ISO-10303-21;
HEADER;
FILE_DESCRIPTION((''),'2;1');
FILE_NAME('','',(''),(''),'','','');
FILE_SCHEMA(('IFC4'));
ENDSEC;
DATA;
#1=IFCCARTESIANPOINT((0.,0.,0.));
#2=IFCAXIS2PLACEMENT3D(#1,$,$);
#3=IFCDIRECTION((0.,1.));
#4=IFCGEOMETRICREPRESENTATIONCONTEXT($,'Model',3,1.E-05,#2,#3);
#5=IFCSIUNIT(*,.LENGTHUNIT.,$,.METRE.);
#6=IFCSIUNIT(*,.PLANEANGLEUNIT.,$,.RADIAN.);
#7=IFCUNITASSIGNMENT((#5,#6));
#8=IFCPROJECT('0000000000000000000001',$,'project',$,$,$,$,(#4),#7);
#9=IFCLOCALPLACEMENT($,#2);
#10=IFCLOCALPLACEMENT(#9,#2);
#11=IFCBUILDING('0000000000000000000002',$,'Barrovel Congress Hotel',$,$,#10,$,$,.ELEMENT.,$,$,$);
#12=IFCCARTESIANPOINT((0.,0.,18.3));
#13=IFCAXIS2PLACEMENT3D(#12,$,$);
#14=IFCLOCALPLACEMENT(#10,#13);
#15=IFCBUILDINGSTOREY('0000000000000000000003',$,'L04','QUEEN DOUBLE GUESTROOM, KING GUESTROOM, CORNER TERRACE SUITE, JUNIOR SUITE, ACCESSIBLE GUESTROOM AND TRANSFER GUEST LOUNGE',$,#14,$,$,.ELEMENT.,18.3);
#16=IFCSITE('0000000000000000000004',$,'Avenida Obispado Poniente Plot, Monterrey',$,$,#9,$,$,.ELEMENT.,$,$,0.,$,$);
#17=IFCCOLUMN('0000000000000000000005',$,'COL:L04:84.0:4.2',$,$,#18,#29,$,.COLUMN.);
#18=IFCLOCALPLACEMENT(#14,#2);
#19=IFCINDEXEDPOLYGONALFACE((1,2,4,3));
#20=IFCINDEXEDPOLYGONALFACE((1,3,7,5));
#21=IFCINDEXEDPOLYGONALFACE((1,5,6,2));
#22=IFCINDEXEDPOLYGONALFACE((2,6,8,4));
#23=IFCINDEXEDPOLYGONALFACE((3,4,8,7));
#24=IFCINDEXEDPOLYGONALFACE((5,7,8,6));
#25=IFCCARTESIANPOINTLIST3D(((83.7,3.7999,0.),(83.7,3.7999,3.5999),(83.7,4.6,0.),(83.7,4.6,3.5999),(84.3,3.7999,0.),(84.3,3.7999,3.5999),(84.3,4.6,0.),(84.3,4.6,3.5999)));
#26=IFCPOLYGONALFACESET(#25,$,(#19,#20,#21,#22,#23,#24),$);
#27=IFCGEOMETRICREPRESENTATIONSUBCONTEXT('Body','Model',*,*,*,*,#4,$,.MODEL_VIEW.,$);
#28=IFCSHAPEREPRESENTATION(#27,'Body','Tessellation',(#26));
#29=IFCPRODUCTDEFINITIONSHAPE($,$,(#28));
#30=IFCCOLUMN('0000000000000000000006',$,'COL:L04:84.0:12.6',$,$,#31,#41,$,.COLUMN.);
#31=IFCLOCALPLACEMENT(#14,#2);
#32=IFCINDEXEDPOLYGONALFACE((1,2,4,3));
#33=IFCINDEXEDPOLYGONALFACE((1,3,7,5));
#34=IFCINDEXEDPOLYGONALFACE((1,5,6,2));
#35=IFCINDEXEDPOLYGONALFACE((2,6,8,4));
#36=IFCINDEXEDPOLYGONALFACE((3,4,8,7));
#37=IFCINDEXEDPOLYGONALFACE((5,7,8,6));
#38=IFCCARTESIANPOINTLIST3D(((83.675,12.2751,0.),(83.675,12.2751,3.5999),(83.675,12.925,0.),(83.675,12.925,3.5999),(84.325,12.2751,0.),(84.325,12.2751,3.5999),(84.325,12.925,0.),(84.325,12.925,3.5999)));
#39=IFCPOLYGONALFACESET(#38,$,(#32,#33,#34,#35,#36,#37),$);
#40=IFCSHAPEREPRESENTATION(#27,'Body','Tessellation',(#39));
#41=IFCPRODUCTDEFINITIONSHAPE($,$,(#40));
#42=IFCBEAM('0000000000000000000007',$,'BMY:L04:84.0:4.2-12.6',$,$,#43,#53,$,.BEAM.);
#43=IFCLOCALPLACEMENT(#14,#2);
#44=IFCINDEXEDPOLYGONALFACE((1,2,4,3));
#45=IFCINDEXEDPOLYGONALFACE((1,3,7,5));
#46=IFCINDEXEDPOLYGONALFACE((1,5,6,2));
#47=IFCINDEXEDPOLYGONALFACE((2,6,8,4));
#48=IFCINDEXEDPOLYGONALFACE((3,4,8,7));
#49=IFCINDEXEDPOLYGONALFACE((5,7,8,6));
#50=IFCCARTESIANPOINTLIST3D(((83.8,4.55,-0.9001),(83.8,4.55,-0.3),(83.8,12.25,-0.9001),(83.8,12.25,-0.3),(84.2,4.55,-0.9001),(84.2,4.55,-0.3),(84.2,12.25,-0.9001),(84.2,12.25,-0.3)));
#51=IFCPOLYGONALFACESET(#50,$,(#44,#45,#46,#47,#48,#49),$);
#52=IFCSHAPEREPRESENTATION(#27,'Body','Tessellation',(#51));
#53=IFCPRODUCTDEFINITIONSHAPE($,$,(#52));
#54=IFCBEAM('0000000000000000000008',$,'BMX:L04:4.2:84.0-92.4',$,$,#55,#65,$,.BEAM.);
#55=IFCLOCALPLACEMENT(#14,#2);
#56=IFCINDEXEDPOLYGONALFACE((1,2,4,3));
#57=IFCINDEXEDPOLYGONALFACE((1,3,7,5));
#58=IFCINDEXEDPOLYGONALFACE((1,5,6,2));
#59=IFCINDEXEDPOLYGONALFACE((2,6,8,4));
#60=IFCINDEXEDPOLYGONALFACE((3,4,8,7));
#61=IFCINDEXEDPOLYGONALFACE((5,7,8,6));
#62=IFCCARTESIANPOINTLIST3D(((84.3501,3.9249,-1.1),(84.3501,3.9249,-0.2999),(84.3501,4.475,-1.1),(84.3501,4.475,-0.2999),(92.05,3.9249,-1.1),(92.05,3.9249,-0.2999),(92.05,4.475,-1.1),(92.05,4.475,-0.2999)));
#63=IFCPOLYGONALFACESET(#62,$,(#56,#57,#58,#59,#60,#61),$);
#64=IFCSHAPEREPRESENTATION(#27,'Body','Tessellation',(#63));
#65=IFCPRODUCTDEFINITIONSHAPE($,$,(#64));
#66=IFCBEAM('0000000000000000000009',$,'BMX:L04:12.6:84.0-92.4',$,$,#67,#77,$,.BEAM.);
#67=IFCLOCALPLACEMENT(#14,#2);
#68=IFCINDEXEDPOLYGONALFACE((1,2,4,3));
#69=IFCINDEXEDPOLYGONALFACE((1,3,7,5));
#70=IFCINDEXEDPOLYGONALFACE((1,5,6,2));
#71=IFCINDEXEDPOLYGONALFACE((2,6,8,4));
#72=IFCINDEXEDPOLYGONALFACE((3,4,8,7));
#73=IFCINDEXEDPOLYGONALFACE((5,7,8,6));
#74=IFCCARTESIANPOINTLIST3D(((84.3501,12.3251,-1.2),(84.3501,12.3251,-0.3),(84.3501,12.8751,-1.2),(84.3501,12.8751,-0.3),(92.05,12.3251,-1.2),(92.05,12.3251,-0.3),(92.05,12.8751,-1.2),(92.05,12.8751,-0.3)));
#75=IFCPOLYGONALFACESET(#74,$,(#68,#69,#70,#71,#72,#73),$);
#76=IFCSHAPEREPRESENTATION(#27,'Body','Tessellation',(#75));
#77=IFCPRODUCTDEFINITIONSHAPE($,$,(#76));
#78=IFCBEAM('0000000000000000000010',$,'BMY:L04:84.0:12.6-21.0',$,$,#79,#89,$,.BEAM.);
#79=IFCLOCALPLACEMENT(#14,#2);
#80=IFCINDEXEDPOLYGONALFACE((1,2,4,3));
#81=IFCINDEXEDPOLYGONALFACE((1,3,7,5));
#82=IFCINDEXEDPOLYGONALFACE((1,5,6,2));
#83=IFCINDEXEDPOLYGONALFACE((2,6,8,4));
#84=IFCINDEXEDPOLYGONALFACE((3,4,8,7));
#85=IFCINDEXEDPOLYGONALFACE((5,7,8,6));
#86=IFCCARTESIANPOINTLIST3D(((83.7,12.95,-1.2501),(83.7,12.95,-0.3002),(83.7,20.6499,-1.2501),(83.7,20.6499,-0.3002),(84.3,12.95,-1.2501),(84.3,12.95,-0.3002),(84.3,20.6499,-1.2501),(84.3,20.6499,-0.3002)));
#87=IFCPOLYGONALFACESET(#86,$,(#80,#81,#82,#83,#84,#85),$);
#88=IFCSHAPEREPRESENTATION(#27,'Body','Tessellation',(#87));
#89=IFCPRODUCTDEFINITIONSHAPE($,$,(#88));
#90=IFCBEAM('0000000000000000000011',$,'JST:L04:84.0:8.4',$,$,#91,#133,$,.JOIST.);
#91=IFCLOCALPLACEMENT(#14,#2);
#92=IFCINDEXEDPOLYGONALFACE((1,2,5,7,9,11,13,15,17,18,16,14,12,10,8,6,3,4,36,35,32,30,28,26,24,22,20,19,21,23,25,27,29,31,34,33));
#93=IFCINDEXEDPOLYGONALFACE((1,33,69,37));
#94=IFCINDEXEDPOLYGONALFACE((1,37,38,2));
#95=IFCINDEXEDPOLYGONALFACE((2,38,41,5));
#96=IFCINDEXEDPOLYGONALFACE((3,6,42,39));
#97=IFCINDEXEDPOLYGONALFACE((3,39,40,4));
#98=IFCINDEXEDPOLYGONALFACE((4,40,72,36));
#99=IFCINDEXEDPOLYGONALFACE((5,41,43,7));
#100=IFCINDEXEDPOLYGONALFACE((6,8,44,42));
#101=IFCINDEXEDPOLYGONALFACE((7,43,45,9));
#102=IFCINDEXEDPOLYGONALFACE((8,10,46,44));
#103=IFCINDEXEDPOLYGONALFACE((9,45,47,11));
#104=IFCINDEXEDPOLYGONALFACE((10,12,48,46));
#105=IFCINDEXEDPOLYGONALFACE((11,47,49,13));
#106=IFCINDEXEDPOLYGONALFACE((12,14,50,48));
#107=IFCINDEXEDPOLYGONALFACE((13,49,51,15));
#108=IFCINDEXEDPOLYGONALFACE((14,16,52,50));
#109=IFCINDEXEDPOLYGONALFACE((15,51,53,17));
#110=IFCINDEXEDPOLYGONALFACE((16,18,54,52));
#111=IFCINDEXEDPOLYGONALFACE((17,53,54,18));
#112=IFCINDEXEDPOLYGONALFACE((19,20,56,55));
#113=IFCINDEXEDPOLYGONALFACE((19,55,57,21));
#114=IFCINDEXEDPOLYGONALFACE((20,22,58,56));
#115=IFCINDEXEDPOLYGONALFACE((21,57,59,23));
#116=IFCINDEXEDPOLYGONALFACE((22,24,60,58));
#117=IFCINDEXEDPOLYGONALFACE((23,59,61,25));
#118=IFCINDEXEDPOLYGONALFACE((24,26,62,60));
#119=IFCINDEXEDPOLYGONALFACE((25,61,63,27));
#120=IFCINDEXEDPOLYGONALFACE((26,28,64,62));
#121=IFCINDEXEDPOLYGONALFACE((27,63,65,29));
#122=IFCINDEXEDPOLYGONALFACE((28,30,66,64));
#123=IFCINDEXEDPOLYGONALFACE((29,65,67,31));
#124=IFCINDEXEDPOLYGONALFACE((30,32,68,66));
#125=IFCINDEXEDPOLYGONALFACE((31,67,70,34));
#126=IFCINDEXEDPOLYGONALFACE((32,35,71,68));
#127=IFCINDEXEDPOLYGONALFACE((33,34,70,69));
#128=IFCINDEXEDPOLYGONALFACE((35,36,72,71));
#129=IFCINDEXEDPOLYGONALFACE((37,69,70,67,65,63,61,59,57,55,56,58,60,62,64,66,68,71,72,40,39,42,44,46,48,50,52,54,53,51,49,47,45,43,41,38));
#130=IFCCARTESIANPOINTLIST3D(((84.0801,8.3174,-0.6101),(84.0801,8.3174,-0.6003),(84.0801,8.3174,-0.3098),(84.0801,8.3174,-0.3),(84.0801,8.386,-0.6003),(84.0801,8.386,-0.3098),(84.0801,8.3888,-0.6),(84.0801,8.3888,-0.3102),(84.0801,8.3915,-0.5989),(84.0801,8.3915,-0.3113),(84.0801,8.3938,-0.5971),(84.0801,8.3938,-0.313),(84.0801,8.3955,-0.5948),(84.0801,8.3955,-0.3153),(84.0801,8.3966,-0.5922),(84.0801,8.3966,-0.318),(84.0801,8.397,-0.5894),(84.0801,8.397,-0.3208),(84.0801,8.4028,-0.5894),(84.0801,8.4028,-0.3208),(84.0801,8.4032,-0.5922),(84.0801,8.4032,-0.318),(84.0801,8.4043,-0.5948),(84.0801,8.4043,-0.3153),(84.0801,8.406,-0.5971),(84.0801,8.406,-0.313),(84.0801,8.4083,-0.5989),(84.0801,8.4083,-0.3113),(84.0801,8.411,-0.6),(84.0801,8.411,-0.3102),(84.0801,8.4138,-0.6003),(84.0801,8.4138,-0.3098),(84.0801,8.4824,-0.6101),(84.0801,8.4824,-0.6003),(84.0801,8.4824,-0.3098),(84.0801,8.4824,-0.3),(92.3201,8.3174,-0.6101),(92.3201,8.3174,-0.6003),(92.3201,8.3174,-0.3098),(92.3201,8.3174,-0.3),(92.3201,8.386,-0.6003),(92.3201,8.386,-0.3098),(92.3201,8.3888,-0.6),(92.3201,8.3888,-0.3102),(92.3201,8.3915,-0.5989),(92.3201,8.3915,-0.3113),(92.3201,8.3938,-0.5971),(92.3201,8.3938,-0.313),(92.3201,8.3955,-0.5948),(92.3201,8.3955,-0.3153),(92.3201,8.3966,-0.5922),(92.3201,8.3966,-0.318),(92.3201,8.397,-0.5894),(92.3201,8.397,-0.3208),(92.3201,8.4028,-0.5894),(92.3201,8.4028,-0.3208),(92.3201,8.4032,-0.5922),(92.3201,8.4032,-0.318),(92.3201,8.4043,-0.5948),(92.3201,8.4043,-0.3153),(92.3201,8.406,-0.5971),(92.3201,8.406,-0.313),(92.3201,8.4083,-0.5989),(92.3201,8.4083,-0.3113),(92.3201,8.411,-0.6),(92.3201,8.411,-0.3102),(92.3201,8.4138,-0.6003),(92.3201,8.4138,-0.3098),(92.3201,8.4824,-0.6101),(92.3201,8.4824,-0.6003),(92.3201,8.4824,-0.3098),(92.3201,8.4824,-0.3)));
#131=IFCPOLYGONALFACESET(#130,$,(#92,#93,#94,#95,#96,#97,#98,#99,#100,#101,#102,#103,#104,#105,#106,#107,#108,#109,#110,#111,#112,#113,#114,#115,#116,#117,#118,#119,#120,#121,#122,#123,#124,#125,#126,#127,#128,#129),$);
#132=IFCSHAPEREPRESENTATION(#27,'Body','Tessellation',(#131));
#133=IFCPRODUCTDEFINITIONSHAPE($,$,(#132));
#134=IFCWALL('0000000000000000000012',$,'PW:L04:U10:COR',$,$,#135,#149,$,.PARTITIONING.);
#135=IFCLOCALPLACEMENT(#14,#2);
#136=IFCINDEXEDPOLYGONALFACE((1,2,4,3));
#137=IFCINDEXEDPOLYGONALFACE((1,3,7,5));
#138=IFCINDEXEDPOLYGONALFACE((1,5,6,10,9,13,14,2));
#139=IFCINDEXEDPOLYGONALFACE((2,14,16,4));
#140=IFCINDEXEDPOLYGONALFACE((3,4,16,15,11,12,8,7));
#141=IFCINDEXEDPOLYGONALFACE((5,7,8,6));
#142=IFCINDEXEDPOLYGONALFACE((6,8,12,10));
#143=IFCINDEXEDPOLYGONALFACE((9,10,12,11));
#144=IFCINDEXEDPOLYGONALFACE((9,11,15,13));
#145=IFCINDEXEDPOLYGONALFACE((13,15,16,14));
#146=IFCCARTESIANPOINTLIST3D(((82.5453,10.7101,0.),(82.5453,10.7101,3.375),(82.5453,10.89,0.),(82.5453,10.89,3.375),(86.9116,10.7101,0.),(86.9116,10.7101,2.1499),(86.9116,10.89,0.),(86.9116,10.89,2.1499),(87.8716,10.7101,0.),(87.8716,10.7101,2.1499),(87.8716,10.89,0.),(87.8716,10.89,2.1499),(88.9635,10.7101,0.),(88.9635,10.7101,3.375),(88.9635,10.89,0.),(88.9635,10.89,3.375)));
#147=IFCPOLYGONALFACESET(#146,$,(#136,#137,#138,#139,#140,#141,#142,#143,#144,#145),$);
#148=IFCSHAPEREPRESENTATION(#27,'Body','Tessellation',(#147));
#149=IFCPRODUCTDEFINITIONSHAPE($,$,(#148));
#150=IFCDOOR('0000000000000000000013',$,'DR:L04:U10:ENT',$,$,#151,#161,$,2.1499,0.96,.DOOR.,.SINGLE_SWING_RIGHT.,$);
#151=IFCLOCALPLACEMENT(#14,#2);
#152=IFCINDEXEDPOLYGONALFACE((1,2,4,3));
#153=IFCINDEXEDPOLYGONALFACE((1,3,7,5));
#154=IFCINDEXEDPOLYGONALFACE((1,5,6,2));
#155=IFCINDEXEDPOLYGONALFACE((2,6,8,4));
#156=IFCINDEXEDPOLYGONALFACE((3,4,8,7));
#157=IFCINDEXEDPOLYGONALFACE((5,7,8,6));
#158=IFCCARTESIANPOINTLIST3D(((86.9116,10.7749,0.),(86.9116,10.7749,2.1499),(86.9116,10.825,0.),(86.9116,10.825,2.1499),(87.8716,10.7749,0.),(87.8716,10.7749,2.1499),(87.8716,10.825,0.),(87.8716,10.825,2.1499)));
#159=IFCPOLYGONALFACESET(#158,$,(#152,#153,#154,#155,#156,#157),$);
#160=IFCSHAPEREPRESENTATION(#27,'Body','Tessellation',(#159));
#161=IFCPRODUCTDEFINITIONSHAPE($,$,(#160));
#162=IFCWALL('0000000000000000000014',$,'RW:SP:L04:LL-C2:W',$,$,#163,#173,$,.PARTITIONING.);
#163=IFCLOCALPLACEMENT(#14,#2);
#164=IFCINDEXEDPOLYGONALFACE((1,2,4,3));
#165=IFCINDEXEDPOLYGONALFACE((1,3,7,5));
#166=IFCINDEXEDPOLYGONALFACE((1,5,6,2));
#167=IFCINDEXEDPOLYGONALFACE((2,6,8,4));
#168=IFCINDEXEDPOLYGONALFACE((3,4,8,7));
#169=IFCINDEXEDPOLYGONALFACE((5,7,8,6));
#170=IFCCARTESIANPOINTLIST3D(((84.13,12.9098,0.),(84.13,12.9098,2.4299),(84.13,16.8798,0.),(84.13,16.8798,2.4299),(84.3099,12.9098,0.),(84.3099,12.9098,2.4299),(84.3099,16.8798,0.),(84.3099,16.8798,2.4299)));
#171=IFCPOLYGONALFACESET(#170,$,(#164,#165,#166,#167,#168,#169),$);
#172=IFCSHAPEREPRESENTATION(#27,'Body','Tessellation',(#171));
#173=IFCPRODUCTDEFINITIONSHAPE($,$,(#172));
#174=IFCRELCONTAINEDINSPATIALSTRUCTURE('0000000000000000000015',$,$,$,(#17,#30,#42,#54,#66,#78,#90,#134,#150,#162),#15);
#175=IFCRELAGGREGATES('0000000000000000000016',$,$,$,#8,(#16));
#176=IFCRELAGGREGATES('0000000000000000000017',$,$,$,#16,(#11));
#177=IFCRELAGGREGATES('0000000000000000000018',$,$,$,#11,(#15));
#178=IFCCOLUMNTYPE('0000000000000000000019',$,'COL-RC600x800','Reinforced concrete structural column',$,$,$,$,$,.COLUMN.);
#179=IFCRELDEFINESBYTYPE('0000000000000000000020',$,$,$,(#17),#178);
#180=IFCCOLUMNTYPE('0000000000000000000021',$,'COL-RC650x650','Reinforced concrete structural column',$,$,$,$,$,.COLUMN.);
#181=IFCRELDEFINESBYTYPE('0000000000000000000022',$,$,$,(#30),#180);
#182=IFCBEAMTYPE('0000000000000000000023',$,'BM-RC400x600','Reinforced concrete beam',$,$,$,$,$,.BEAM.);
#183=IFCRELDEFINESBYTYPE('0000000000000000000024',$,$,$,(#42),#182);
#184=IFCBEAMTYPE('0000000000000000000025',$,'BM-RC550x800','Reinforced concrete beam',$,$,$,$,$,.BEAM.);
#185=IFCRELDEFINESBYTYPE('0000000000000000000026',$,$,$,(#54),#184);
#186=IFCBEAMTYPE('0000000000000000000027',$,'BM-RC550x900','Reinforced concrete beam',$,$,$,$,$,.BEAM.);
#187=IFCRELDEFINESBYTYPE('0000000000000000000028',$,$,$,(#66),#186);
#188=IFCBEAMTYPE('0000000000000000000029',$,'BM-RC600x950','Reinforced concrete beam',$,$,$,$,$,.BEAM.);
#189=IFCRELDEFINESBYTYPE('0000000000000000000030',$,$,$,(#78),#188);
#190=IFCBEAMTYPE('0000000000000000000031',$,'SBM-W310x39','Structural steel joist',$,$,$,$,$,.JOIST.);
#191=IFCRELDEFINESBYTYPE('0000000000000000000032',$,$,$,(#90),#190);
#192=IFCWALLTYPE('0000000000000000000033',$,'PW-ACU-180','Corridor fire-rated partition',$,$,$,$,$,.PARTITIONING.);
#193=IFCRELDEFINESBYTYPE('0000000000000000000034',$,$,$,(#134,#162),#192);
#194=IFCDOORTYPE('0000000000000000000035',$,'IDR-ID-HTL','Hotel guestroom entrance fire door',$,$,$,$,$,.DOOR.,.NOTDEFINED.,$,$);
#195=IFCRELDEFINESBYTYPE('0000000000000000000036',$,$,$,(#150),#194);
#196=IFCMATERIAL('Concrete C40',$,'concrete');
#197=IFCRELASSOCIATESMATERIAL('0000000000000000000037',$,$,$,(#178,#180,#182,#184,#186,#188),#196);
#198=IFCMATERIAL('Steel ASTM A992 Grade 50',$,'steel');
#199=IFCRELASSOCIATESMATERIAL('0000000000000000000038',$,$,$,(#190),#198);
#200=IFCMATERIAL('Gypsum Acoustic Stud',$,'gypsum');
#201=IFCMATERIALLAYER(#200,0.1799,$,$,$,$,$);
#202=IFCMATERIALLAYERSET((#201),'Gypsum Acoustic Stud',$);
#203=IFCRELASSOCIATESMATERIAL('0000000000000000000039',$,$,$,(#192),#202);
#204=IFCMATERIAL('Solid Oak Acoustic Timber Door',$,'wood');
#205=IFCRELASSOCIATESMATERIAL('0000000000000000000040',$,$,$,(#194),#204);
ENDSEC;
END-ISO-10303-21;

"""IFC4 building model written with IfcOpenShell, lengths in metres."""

from ifc_helpers import new_model, si_unit, direction, frame, frame_2d, origin, origin_2d, place, context, subcontext, project, spatial, rectangle, i_section, extrude, material, layer, layer_set, material_profile, profile_set, type_object, element, fill, save


model = new_model("IFC4")

# Units and contexts
model_context = context("Model", 3, precision=1e-05, world=origin(), true_north=direction((0.0, 1.0)))
body_context = subcontext(model_context, "Body", "Model", "MODEL_VIEW")
ifc_project = project(units=[si_unit("LENGTHUNIT", "METRE"), si_unit("PLANEANGLEUNIT", "RADIAN")], contexts=[model_context])

# Site, building, storey
site_placement = place(None, origin())
site = spatial("IfcSite", under=ifc_project, at=site_placement, Name="Avenida Obispado Poniente Plot, Monterrey", CompositionType="ELEMENT", RefElevation=0.0)
building_placement = place(site_placement, origin())
building = spatial("IfcBuilding", under=site, at=building_placement, Name="Barrovel Congress Hotel", CompositionType="ELEMENT")
storey_placement = place(building_placement, frame((0.0, 0.0, 18.3)))
storey = spatial("IfcBuildingStorey", under=building, at=storey_placement, Name="L04", Description="QUEEN DOUBLE GUESTROOM, KING GUESTROOM, CORNER TERRACE SUITE, JUNIOR SUITE, ACCESSIBLE GUESTROOM AND TRANSFER GUEST LOUNGE", CompositionType="ELEMENT", Elevation=18.3)

# Columns
ifc_material_1 = material(Name="Concrete C40", Category="concrete")
ifc_material_profile_1 = material_profile(ifc_material_1, rectangle(XDim=0.6001, YDim=0.8, at=origin_2d()), Name="RC600x800")
ifc_profile_set_1 = profile_set([ifc_material_profile_1], Name="Concrete C40")
column_type_1 = type_object("IfcColumnType", Name="COL-RC600x800", Description="Reinforced concrete structural column", PredefinedType="COLUMN", material=ifc_profile_set_1)
column_1_placement = place(storey_placement, frame((84.0, 4.2, 0.0), z_axis=(0.0, 0.0, 1.0), x_axis=(1.0, 0.0, 0.0)))
element("IfcColumn", 1, at=column_1_placement, inside=storey, type_object=column_type_1, Name="COL:L04:84.0:4.2", PredefinedType="COLUMN", context=body_context, shape_type="SweptSolid", body=[
    extrude(rectangle(XDim=0.6001, YDim=0.8, at=origin_2d()), origin(), (0.0, 0.0, 1.0), 3.5999),
])
ifc_material_profile_2 = material_profile(ifc_material_1, rectangle(XDim=0.6499, YDim=0.6499, at=origin_2d()), Name="RC650x650")
ifc_profile_set_2 = profile_set([ifc_material_profile_2], Name="Concrete C40")
column_type_2 = type_object("IfcColumnType", Name="COL-RC650x650", Description="Reinforced concrete structural column", PredefinedType="COLUMN", material=ifc_profile_set_2)
column_2_placement = place(storey_placement, frame((84.0, 12.6001, 0.0), z_axis=(0.0, 0.0, 1.0), x_axis=(1.0, 0.0, 0.0)))
element("IfcColumn", 2, at=column_2_placement, inside=storey, type_object=column_type_2, Name="COL:L04:84.0:12.6", PredefinedType="COLUMN", context=body_context, shape_type="SweptSolid", body=[
    extrude(rectangle(XDim=0.6499, YDim=0.6499, at=origin_2d()), origin(), (0.0, 0.0, 1.0), 3.5999),
])

# Beams
ifc_material_profile_3 = material_profile(ifc_material_1, rectangle(XDim=0.3999, YDim=0.6001, at=origin_2d()), Name="RC400x600")
ifc_profile_set_3 = profile_set([ifc_material_profile_3], Name="Concrete C40")
beam_type_1 = type_object("IfcBeamType", Name="BM-RC400x600", Description="Reinforced concrete beam", PredefinedType="BEAM", material=ifc_profile_set_3)
beam_1_placement = place(storey_placement, frame((84.0, 4.55, -0.6001), z_axis=(0.0, 1.0, 0.0), x_axis=(-1.0, 0.0, 0.0)))
element("IfcBeam", 3, at=beam_1_placement, inside=storey, type_object=beam_type_1, Name="BMY:L04:84.0:4.2-12.6", PredefinedType="BEAM", context=body_context, shape_type="SweptSolid", body=[
    extrude(rectangle(XDim=0.3999, YDim=0.6001, at=origin_2d()), origin(), (0.0, 0.0, 1.0), 7.7),
])
ifc_material_profile_4 = material_profile(ifc_material_1, rectangle(XDim=0.55, YDim=0.8, at=origin_2d()), Name="RC550x800")
ifc_profile_set_4 = profile_set([ifc_material_profile_4], Name="Concrete C40")
beam_type_2 = type_object("IfcBeamType", Name="BM-RC550x800", Description="Reinforced concrete beam", PredefinedType="BEAM", material=ifc_profile_set_4)
beam_2_placement = place(storey_placement, frame((84.3501, 4.2, -0.7), z_axis=(1.0, 0.0, 0.0), x_axis=(0.0, 1.0, 0.0)))
element("IfcBeam", 4, at=beam_2_placement, inside=storey, type_object=beam_type_2, Name="BMX:L04:4.2:84.0-92.4", PredefinedType="BEAM", context=body_context, shape_type="SweptSolid", body=[
    extrude(rectangle(XDim=0.55, YDim=0.8, at=origin_2d()), origin(), (0.0, 0.0, 1.0), 7.7),
])
ifc_material_profile_5 = material_profile(ifc_material_1, rectangle(XDim=0.55, YDim=0.8999, at=origin_2d()), Name="RC550x900")
ifc_profile_set_5 = profile_set([ifc_material_profile_5], Name="Concrete C40")
beam_type_3 = type_object("IfcBeamType", Name="BM-RC550x900", Description="Reinforced concrete beam", PredefinedType="BEAM", material=ifc_profile_set_5)
beam_3_placement = place(storey_placement, frame((84.3501, 12.6001, -0.75), z_axis=(1.0, 0.0, 0.0), x_axis=(0.0, 1.0, 0.0)))
element("IfcBeam", 5, at=beam_3_placement, inside=storey, type_object=beam_type_3, Name="BMX:L04:12.6:84.0-92.4", PredefinedType="BEAM", context=body_context, shape_type="SweptSolid", body=[
    extrude(rectangle(XDim=0.55, YDim=0.8999, at=origin_2d()), origin(), (0.0, 0.0, 1.0), 7.7),
])
ifc_material_profile_6 = material_profile(ifc_material_1, rectangle(XDim=0.6001, YDim=0.95, at=origin_2d()), Name="RC600x950")
ifc_profile_set_6 = profile_set([ifc_material_profile_6], Name="Concrete C40")
beam_type_4 = type_object("IfcBeamType", Name="BM-RC600x950", Description="Reinforced concrete beam", PredefinedType="BEAM", material=ifc_profile_set_6)
beam_4_placement = place(storey_placement, frame((84.0, 12.95, -0.7751), z_axis=(0.0, 1.0, 0.0), x_axis=(-1.0, 0.0, 0.0)))
element("IfcBeam", 6, at=beam_4_placement, inside=storey, type_object=beam_type_4, Name="BMY:L04:84.0:12.6-21.0", PredefinedType="BEAM", context=body_context, shape_type="SweptSolid", body=[
    extrude(rectangle(XDim=0.6001, YDim=0.95, at=origin_2d()), origin(), (0.0, 0.0, 1.0), 7.7),
])
ifc_material_2 = material(Name="Steel ASTM A992 Grade 50", Category="steel")
ifc_material_profile_7 = material_profile(ifc_material_2, i_section(OverallWidth=0.165, OverallDepth=0.3101, WebThickness=0.0059, FlangeThickness=0.0098, FilletRadius=0.011, at=origin_2d()), Name="W310x39")
ifc_profile_set_7 = profile_set([ifc_material_profile_7], Name="Steel ASTM A992 Grade 50")
beam_type_5 = type_object("IfcBeamType", Name="SBM-W310x39", Description="Structural steel joist", PredefinedType="JOIST", material=ifc_profile_set_7)
beam_5_placement = place(storey_placement, frame((84.0801, 8.3999, -0.4551), z_axis=(1.0, 0.0, 0.0), x_axis=(0.0, 1.0, 0.0)))
element("IfcBeam", 7, at=beam_5_placement, inside=storey, type_object=beam_type_5, Name="JST:L04:84.0:8.4", PredefinedType="JOIST", context=body_context, shape_type="SweptSolid", body=[
    extrude(i_section(OverallWidth=0.165, OverallDepth=0.3101, WebThickness=0.0059, FlangeThickness=0.0098, FilletRadius=0.011, at=origin_2d()), origin(), (0.0, 0.0, 1.0), 8.24),
])

# Wall, opening, door
ifc_material_3 = material(Name="Gypsum Acoustic Stud", Category="gypsum")
ifc_layer_1 = layer(ifc_material_3, 0.1799)
ifc_layer_set_1 = layer_set([ifc_layer_1], Name="Gypsum Acoustic Stud")
wall_type_1 = type_object("IfcWallType", Name="PW-ACU-180", Description="Corridor fire-rated partition", PredefinedType="PARTITIONING", material=ifc_layer_set_1)
wall_1_placement = place(storey_placement, frame((82.5454, 10.8, 0.0), z_axis=(0.0, 0.0, 1.0), x_axis=(1.0, 0.0, 0.0)))
wall_1 = element("IfcWall", 8, at=wall_1_placement, inside=storey, type_object=wall_type_1, Name="PW:L04:U10:COR", PredefinedType="PARTITIONING", context=body_context, shape_type="SweptSolid", body=[
    extrude(rectangle(XDim=6.4182, YDim=0.1799, at=frame_2d((3.209, 0.0))), origin(), (0.0, 0.0, 1.0), 3.375),
])
opening_1_placement = place(wall_1_placement, frame((4.3662, 0.0, 0.0)))
opening_1 = element("IfcOpeningElement", 9, at=opening_1_placement, cuts=wall_1, PredefinedType="OPENING", context=body_context, shape_type="SweptSolid", body=[
    extrude(rectangle(XDim=0.96, YDim=2.1499, at=frame_2d((0.48, 1.075))), frame((0.0, 0.1001, 0.0), z_axis=(0.0, -1.0, 0.0), x_axis=(1.0, 0.0, 0.0)), (0.0, 0.0, 1.0), 0.2),
])
ifc_material_4 = material(Name="Solid Oak Acoustic Timber Door", Category="wood")
door_type_1 = type_object("IfcDoorType", Name="IDR-ID-HTL", Description="Hotel guestroom entrance fire door", OperationType="NOTDEFINED", PredefinedType="DOOR", material=ifc_material_4)
door_1_placement = place(opening_1_placement, origin())
door_1 = element("IfcDoor", 10, at=door_1_placement, inside=storey, type_object=door_type_1, Name="DR:L04:U10:ENT", OperationType="SINGLE_SWING_RIGHT", OverallHeight=2.1499, OverallWidth=0.96, PredefinedType="DOOR", context=body_context, shape_type="SweptSolid", body=[
    extrude(rectangle(XDim=0.96, YDim=2.1499, at=frame_2d((0.48, 1.075))), frame((0.0, 0.0249, 0.0), z_axis=(0.0, -1.0, 0.0), x_axis=(1.0, 0.0, 0.0)), (0.0, 0.0, 1.0), 0.05),
])
fill(opening_1, door_1)

# Wall
wall_2_placement = place(storey_placement, frame((84.22, 12.9099, 0.0), z_axis=(0.0, 0.0, 1.0), x_axis=(0.0, 1.0, 0.0)))
element("IfcWall", 11, at=wall_2_placement, inside=storey, type_object=wall_type_1, Name="RW:SP:L04:LL-C2:W", PredefinedType="PARTITIONING", context=body_context, shape_type="SweptSolid", body=[
    extrude(rectangle(XDim=3.97, YDim=0.1799, at=frame_2d((1.9849, 0.0))), origin(), (0.0, 0.0, 1.0), 2.4299),
])

save(model, "model.ifc")
